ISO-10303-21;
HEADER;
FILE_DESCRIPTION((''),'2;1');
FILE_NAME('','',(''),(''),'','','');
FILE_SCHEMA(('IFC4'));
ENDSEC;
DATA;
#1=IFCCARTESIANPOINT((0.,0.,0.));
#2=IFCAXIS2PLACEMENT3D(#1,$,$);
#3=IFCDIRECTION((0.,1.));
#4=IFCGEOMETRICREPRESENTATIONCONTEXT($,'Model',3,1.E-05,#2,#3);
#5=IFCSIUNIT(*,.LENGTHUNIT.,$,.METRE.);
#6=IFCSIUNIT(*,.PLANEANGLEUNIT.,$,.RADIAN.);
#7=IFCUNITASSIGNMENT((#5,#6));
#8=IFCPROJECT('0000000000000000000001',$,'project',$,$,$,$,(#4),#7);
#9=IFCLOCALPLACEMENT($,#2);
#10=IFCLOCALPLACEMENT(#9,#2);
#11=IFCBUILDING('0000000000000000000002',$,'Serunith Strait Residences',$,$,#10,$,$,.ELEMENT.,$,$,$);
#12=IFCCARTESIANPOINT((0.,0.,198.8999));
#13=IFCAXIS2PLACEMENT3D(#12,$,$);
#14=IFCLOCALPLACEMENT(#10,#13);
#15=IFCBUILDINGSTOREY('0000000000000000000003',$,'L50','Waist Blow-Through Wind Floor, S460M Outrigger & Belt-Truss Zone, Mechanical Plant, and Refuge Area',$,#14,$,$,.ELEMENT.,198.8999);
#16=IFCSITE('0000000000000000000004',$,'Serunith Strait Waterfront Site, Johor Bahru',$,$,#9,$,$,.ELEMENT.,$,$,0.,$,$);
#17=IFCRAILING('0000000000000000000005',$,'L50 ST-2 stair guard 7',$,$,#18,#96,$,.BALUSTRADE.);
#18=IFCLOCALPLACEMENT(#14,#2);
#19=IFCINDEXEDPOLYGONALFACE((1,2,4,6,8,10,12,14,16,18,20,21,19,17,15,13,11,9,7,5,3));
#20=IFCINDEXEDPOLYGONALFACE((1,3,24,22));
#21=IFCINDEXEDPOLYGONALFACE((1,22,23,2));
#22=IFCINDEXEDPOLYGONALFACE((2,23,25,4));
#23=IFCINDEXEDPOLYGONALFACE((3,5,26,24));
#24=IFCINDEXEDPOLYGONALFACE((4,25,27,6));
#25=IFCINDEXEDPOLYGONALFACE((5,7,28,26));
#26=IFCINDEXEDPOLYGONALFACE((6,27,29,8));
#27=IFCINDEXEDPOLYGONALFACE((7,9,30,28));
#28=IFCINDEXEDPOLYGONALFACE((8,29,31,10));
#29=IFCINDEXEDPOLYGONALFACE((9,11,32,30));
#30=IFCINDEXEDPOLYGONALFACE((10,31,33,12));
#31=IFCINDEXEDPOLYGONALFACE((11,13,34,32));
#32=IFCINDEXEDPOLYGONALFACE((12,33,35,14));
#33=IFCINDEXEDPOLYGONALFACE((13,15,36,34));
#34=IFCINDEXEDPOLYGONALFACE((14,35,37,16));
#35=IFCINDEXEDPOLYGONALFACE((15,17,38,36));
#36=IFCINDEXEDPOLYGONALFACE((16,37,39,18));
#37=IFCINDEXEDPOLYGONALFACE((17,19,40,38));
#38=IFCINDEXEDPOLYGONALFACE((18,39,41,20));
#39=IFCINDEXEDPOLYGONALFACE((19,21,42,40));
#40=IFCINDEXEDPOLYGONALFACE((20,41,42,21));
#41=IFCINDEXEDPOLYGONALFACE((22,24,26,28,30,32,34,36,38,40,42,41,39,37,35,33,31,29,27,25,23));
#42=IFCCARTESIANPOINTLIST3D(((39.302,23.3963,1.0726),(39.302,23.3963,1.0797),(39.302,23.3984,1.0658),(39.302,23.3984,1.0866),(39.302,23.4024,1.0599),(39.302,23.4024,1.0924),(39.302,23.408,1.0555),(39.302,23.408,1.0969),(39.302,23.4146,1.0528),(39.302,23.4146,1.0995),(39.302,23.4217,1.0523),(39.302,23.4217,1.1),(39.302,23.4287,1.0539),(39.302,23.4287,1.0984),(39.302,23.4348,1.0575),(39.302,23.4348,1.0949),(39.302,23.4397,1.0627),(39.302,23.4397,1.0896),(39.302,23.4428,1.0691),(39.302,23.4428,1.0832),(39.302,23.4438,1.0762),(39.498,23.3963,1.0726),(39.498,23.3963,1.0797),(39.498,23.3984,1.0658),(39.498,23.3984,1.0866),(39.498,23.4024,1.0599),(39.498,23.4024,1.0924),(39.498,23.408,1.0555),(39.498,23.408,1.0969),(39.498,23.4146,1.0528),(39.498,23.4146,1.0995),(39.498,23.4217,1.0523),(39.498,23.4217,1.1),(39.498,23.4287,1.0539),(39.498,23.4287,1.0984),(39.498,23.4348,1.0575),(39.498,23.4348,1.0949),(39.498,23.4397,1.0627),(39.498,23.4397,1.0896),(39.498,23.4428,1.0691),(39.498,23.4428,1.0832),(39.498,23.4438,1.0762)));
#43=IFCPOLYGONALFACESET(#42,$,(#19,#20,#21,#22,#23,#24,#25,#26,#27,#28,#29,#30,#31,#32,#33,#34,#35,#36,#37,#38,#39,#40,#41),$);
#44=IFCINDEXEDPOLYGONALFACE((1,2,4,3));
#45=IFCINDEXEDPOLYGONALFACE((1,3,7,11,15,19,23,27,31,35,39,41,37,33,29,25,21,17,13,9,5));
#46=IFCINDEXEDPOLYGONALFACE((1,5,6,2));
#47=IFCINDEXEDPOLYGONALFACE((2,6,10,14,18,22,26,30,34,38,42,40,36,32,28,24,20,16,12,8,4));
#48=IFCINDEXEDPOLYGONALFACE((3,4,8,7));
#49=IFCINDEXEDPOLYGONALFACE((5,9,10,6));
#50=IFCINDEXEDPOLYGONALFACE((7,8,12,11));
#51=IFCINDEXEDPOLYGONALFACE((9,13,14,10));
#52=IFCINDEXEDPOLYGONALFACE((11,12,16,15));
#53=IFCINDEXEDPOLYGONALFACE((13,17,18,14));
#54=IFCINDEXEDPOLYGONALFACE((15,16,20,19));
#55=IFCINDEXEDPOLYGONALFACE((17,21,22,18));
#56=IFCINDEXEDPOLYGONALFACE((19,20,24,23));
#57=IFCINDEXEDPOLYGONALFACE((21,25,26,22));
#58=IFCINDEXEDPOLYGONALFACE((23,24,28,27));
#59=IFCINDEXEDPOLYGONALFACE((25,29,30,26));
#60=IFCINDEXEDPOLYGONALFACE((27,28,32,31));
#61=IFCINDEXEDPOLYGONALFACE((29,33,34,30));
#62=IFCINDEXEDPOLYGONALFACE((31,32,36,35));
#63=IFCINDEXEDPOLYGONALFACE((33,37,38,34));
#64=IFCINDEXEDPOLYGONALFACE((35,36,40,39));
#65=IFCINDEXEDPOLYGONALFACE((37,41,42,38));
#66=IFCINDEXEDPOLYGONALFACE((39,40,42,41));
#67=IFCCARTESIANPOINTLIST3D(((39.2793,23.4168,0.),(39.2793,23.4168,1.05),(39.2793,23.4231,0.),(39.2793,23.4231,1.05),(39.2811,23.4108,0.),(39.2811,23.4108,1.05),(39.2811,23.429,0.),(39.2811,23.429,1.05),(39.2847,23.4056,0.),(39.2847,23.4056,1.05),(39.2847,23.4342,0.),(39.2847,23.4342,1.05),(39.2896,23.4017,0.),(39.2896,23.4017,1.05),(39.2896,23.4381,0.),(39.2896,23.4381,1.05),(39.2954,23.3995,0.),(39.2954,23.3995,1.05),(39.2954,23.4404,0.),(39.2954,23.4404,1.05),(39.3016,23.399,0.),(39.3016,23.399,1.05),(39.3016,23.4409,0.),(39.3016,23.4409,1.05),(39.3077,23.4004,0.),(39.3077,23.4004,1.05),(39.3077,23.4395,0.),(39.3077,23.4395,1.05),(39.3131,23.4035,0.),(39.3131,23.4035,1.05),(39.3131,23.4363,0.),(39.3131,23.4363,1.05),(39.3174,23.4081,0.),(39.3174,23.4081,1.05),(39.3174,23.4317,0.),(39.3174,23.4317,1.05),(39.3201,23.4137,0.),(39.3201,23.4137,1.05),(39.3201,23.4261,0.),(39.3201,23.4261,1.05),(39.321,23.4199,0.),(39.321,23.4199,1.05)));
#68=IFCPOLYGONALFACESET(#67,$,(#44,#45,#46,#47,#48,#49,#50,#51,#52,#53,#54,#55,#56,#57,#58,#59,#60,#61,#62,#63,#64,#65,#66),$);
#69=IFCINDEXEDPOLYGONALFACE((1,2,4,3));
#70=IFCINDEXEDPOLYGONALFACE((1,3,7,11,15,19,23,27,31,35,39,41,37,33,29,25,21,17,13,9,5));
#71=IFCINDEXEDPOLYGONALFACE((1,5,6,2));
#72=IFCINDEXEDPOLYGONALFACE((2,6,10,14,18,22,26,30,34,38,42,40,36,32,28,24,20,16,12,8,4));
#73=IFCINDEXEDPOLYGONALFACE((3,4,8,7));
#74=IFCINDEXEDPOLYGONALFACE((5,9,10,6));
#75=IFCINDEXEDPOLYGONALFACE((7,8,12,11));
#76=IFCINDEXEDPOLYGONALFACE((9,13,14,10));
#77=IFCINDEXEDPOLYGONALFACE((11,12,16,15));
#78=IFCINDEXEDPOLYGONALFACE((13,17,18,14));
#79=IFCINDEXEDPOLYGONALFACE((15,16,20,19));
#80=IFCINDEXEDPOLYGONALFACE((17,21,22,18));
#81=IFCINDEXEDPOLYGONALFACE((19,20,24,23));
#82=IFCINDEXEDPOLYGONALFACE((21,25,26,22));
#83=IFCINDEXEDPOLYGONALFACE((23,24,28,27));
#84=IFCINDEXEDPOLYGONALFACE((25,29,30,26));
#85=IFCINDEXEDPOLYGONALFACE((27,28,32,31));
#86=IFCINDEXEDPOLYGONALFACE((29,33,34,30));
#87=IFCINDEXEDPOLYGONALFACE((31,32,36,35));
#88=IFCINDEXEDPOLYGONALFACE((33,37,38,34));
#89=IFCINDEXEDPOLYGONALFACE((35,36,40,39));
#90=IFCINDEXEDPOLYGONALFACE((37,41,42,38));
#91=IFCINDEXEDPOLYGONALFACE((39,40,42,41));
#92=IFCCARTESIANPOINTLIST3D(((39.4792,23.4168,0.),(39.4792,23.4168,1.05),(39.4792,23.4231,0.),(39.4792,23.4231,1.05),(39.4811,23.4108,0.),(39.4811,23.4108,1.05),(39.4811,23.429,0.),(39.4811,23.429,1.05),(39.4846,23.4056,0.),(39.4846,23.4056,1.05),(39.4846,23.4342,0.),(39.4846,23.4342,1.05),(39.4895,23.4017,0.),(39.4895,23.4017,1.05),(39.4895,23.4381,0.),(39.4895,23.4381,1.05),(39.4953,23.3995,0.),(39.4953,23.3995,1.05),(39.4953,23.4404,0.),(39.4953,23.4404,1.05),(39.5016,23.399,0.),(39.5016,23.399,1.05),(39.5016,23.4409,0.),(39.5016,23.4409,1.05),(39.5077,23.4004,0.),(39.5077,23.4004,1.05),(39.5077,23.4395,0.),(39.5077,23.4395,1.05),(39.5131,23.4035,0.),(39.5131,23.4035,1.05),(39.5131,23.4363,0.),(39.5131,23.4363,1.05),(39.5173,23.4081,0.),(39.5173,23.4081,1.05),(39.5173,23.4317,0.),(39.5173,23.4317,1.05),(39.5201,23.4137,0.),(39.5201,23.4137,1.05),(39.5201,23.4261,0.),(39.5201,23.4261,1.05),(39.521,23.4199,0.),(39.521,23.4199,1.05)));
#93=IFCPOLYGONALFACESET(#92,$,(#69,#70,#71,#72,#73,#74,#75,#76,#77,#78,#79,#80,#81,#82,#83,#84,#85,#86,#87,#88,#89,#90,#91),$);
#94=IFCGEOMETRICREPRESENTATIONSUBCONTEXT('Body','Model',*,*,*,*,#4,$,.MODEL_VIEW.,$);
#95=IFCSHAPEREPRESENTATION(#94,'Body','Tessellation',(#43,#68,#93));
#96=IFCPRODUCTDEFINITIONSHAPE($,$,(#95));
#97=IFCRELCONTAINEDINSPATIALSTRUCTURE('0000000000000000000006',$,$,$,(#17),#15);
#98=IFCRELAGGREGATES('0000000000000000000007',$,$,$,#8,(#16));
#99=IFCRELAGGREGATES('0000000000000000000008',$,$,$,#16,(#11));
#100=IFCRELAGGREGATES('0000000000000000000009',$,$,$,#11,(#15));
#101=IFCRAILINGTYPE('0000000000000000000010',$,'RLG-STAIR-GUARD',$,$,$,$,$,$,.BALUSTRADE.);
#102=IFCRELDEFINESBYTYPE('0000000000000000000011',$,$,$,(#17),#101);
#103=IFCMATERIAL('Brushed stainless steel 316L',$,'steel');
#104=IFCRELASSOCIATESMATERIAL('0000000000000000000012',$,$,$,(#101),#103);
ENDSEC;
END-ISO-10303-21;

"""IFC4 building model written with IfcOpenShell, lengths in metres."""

from ifc_helpers import new_model, si_unit, direction, frame, origin, origin_2d, place, context, subcontext, project, spatial, circle, extrude, material, type_object, element, save


model = new_model("IFC4")

# Units and contexts
model_context = context("Model", 3, precision=1e-05, world=origin(), true_north=direction((0.0, 1.0)))
body_context = subcontext(model_context, "Body", "Model", "MODEL_VIEW")
ifc_project = project(units=[si_unit("LENGTHUNIT", "METRE"), si_unit("PLANEANGLEUNIT", "RADIAN")], contexts=[model_context])

# Site, building, storey
site_placement = place(None, origin())
site = spatial("IfcSite", under=ifc_project, at=site_placement, Name="Serunith Strait Waterfront Site, Johor Bahru", CompositionType="ELEMENT", RefElevation=0.0)
building_placement = place(site_placement, origin())
building = spatial("IfcBuilding", under=site, at=building_placement, Name="Serunith Strait Residences", CompositionType="ELEMENT")
storey_placement = place(building_placement, frame((0.0, 0.0, 198.8999)))
storey = spatial("IfcBuildingStorey", under=building, at=storey_placement, Name="L50", Description="Waist Blow-Through Wind Floor, S460M Outrigger & Belt-Truss Zone, Mechanical Plant, and Refuge Area", CompositionType="ELEMENT", Elevation=198.8999)

# Railing
ifc_material_1 = material(Name="Brushed stainless steel 316L", Category="steel")
railing_type_1 = type_object("IfcRailingType", Name="RLG-STAIR-GUARD", PredefinedType="BALUSTRADE", material=ifc_material_1)
railing_1_placement = place(storey_placement, frame((39.3, 23.4199, 0.0)))
element("IfcRailing", 1, at=railing_1_placement, inside=storey, type_object=railing_type_1, Name="L50 ST-2 stair guard 7", PredefinedType="BALUSTRADE", context=body_context, shape_type="SweptSolid", body=[
    extrude(circle(Radius=0.0239, at=origin_2d()), frame((0.002, 0.0, 1.0762), z_axis=(1.0, 0.0, 0.0), x_axis=(0.0, 1.0, 0.0)), (0.0, 0.0, 1.0), 0.196),
    extrude(circle(Radius=0.021, at=origin_2d()), origin(), (0.0, 0.0, 1.0), 1.05),
    extrude(circle(Radius=0.021, at=origin_2d()), frame((0.2, 0.0, 0.0)), (0.0, 0.0, 1.0), 1.05),
])

save(model, "model.ifc")
